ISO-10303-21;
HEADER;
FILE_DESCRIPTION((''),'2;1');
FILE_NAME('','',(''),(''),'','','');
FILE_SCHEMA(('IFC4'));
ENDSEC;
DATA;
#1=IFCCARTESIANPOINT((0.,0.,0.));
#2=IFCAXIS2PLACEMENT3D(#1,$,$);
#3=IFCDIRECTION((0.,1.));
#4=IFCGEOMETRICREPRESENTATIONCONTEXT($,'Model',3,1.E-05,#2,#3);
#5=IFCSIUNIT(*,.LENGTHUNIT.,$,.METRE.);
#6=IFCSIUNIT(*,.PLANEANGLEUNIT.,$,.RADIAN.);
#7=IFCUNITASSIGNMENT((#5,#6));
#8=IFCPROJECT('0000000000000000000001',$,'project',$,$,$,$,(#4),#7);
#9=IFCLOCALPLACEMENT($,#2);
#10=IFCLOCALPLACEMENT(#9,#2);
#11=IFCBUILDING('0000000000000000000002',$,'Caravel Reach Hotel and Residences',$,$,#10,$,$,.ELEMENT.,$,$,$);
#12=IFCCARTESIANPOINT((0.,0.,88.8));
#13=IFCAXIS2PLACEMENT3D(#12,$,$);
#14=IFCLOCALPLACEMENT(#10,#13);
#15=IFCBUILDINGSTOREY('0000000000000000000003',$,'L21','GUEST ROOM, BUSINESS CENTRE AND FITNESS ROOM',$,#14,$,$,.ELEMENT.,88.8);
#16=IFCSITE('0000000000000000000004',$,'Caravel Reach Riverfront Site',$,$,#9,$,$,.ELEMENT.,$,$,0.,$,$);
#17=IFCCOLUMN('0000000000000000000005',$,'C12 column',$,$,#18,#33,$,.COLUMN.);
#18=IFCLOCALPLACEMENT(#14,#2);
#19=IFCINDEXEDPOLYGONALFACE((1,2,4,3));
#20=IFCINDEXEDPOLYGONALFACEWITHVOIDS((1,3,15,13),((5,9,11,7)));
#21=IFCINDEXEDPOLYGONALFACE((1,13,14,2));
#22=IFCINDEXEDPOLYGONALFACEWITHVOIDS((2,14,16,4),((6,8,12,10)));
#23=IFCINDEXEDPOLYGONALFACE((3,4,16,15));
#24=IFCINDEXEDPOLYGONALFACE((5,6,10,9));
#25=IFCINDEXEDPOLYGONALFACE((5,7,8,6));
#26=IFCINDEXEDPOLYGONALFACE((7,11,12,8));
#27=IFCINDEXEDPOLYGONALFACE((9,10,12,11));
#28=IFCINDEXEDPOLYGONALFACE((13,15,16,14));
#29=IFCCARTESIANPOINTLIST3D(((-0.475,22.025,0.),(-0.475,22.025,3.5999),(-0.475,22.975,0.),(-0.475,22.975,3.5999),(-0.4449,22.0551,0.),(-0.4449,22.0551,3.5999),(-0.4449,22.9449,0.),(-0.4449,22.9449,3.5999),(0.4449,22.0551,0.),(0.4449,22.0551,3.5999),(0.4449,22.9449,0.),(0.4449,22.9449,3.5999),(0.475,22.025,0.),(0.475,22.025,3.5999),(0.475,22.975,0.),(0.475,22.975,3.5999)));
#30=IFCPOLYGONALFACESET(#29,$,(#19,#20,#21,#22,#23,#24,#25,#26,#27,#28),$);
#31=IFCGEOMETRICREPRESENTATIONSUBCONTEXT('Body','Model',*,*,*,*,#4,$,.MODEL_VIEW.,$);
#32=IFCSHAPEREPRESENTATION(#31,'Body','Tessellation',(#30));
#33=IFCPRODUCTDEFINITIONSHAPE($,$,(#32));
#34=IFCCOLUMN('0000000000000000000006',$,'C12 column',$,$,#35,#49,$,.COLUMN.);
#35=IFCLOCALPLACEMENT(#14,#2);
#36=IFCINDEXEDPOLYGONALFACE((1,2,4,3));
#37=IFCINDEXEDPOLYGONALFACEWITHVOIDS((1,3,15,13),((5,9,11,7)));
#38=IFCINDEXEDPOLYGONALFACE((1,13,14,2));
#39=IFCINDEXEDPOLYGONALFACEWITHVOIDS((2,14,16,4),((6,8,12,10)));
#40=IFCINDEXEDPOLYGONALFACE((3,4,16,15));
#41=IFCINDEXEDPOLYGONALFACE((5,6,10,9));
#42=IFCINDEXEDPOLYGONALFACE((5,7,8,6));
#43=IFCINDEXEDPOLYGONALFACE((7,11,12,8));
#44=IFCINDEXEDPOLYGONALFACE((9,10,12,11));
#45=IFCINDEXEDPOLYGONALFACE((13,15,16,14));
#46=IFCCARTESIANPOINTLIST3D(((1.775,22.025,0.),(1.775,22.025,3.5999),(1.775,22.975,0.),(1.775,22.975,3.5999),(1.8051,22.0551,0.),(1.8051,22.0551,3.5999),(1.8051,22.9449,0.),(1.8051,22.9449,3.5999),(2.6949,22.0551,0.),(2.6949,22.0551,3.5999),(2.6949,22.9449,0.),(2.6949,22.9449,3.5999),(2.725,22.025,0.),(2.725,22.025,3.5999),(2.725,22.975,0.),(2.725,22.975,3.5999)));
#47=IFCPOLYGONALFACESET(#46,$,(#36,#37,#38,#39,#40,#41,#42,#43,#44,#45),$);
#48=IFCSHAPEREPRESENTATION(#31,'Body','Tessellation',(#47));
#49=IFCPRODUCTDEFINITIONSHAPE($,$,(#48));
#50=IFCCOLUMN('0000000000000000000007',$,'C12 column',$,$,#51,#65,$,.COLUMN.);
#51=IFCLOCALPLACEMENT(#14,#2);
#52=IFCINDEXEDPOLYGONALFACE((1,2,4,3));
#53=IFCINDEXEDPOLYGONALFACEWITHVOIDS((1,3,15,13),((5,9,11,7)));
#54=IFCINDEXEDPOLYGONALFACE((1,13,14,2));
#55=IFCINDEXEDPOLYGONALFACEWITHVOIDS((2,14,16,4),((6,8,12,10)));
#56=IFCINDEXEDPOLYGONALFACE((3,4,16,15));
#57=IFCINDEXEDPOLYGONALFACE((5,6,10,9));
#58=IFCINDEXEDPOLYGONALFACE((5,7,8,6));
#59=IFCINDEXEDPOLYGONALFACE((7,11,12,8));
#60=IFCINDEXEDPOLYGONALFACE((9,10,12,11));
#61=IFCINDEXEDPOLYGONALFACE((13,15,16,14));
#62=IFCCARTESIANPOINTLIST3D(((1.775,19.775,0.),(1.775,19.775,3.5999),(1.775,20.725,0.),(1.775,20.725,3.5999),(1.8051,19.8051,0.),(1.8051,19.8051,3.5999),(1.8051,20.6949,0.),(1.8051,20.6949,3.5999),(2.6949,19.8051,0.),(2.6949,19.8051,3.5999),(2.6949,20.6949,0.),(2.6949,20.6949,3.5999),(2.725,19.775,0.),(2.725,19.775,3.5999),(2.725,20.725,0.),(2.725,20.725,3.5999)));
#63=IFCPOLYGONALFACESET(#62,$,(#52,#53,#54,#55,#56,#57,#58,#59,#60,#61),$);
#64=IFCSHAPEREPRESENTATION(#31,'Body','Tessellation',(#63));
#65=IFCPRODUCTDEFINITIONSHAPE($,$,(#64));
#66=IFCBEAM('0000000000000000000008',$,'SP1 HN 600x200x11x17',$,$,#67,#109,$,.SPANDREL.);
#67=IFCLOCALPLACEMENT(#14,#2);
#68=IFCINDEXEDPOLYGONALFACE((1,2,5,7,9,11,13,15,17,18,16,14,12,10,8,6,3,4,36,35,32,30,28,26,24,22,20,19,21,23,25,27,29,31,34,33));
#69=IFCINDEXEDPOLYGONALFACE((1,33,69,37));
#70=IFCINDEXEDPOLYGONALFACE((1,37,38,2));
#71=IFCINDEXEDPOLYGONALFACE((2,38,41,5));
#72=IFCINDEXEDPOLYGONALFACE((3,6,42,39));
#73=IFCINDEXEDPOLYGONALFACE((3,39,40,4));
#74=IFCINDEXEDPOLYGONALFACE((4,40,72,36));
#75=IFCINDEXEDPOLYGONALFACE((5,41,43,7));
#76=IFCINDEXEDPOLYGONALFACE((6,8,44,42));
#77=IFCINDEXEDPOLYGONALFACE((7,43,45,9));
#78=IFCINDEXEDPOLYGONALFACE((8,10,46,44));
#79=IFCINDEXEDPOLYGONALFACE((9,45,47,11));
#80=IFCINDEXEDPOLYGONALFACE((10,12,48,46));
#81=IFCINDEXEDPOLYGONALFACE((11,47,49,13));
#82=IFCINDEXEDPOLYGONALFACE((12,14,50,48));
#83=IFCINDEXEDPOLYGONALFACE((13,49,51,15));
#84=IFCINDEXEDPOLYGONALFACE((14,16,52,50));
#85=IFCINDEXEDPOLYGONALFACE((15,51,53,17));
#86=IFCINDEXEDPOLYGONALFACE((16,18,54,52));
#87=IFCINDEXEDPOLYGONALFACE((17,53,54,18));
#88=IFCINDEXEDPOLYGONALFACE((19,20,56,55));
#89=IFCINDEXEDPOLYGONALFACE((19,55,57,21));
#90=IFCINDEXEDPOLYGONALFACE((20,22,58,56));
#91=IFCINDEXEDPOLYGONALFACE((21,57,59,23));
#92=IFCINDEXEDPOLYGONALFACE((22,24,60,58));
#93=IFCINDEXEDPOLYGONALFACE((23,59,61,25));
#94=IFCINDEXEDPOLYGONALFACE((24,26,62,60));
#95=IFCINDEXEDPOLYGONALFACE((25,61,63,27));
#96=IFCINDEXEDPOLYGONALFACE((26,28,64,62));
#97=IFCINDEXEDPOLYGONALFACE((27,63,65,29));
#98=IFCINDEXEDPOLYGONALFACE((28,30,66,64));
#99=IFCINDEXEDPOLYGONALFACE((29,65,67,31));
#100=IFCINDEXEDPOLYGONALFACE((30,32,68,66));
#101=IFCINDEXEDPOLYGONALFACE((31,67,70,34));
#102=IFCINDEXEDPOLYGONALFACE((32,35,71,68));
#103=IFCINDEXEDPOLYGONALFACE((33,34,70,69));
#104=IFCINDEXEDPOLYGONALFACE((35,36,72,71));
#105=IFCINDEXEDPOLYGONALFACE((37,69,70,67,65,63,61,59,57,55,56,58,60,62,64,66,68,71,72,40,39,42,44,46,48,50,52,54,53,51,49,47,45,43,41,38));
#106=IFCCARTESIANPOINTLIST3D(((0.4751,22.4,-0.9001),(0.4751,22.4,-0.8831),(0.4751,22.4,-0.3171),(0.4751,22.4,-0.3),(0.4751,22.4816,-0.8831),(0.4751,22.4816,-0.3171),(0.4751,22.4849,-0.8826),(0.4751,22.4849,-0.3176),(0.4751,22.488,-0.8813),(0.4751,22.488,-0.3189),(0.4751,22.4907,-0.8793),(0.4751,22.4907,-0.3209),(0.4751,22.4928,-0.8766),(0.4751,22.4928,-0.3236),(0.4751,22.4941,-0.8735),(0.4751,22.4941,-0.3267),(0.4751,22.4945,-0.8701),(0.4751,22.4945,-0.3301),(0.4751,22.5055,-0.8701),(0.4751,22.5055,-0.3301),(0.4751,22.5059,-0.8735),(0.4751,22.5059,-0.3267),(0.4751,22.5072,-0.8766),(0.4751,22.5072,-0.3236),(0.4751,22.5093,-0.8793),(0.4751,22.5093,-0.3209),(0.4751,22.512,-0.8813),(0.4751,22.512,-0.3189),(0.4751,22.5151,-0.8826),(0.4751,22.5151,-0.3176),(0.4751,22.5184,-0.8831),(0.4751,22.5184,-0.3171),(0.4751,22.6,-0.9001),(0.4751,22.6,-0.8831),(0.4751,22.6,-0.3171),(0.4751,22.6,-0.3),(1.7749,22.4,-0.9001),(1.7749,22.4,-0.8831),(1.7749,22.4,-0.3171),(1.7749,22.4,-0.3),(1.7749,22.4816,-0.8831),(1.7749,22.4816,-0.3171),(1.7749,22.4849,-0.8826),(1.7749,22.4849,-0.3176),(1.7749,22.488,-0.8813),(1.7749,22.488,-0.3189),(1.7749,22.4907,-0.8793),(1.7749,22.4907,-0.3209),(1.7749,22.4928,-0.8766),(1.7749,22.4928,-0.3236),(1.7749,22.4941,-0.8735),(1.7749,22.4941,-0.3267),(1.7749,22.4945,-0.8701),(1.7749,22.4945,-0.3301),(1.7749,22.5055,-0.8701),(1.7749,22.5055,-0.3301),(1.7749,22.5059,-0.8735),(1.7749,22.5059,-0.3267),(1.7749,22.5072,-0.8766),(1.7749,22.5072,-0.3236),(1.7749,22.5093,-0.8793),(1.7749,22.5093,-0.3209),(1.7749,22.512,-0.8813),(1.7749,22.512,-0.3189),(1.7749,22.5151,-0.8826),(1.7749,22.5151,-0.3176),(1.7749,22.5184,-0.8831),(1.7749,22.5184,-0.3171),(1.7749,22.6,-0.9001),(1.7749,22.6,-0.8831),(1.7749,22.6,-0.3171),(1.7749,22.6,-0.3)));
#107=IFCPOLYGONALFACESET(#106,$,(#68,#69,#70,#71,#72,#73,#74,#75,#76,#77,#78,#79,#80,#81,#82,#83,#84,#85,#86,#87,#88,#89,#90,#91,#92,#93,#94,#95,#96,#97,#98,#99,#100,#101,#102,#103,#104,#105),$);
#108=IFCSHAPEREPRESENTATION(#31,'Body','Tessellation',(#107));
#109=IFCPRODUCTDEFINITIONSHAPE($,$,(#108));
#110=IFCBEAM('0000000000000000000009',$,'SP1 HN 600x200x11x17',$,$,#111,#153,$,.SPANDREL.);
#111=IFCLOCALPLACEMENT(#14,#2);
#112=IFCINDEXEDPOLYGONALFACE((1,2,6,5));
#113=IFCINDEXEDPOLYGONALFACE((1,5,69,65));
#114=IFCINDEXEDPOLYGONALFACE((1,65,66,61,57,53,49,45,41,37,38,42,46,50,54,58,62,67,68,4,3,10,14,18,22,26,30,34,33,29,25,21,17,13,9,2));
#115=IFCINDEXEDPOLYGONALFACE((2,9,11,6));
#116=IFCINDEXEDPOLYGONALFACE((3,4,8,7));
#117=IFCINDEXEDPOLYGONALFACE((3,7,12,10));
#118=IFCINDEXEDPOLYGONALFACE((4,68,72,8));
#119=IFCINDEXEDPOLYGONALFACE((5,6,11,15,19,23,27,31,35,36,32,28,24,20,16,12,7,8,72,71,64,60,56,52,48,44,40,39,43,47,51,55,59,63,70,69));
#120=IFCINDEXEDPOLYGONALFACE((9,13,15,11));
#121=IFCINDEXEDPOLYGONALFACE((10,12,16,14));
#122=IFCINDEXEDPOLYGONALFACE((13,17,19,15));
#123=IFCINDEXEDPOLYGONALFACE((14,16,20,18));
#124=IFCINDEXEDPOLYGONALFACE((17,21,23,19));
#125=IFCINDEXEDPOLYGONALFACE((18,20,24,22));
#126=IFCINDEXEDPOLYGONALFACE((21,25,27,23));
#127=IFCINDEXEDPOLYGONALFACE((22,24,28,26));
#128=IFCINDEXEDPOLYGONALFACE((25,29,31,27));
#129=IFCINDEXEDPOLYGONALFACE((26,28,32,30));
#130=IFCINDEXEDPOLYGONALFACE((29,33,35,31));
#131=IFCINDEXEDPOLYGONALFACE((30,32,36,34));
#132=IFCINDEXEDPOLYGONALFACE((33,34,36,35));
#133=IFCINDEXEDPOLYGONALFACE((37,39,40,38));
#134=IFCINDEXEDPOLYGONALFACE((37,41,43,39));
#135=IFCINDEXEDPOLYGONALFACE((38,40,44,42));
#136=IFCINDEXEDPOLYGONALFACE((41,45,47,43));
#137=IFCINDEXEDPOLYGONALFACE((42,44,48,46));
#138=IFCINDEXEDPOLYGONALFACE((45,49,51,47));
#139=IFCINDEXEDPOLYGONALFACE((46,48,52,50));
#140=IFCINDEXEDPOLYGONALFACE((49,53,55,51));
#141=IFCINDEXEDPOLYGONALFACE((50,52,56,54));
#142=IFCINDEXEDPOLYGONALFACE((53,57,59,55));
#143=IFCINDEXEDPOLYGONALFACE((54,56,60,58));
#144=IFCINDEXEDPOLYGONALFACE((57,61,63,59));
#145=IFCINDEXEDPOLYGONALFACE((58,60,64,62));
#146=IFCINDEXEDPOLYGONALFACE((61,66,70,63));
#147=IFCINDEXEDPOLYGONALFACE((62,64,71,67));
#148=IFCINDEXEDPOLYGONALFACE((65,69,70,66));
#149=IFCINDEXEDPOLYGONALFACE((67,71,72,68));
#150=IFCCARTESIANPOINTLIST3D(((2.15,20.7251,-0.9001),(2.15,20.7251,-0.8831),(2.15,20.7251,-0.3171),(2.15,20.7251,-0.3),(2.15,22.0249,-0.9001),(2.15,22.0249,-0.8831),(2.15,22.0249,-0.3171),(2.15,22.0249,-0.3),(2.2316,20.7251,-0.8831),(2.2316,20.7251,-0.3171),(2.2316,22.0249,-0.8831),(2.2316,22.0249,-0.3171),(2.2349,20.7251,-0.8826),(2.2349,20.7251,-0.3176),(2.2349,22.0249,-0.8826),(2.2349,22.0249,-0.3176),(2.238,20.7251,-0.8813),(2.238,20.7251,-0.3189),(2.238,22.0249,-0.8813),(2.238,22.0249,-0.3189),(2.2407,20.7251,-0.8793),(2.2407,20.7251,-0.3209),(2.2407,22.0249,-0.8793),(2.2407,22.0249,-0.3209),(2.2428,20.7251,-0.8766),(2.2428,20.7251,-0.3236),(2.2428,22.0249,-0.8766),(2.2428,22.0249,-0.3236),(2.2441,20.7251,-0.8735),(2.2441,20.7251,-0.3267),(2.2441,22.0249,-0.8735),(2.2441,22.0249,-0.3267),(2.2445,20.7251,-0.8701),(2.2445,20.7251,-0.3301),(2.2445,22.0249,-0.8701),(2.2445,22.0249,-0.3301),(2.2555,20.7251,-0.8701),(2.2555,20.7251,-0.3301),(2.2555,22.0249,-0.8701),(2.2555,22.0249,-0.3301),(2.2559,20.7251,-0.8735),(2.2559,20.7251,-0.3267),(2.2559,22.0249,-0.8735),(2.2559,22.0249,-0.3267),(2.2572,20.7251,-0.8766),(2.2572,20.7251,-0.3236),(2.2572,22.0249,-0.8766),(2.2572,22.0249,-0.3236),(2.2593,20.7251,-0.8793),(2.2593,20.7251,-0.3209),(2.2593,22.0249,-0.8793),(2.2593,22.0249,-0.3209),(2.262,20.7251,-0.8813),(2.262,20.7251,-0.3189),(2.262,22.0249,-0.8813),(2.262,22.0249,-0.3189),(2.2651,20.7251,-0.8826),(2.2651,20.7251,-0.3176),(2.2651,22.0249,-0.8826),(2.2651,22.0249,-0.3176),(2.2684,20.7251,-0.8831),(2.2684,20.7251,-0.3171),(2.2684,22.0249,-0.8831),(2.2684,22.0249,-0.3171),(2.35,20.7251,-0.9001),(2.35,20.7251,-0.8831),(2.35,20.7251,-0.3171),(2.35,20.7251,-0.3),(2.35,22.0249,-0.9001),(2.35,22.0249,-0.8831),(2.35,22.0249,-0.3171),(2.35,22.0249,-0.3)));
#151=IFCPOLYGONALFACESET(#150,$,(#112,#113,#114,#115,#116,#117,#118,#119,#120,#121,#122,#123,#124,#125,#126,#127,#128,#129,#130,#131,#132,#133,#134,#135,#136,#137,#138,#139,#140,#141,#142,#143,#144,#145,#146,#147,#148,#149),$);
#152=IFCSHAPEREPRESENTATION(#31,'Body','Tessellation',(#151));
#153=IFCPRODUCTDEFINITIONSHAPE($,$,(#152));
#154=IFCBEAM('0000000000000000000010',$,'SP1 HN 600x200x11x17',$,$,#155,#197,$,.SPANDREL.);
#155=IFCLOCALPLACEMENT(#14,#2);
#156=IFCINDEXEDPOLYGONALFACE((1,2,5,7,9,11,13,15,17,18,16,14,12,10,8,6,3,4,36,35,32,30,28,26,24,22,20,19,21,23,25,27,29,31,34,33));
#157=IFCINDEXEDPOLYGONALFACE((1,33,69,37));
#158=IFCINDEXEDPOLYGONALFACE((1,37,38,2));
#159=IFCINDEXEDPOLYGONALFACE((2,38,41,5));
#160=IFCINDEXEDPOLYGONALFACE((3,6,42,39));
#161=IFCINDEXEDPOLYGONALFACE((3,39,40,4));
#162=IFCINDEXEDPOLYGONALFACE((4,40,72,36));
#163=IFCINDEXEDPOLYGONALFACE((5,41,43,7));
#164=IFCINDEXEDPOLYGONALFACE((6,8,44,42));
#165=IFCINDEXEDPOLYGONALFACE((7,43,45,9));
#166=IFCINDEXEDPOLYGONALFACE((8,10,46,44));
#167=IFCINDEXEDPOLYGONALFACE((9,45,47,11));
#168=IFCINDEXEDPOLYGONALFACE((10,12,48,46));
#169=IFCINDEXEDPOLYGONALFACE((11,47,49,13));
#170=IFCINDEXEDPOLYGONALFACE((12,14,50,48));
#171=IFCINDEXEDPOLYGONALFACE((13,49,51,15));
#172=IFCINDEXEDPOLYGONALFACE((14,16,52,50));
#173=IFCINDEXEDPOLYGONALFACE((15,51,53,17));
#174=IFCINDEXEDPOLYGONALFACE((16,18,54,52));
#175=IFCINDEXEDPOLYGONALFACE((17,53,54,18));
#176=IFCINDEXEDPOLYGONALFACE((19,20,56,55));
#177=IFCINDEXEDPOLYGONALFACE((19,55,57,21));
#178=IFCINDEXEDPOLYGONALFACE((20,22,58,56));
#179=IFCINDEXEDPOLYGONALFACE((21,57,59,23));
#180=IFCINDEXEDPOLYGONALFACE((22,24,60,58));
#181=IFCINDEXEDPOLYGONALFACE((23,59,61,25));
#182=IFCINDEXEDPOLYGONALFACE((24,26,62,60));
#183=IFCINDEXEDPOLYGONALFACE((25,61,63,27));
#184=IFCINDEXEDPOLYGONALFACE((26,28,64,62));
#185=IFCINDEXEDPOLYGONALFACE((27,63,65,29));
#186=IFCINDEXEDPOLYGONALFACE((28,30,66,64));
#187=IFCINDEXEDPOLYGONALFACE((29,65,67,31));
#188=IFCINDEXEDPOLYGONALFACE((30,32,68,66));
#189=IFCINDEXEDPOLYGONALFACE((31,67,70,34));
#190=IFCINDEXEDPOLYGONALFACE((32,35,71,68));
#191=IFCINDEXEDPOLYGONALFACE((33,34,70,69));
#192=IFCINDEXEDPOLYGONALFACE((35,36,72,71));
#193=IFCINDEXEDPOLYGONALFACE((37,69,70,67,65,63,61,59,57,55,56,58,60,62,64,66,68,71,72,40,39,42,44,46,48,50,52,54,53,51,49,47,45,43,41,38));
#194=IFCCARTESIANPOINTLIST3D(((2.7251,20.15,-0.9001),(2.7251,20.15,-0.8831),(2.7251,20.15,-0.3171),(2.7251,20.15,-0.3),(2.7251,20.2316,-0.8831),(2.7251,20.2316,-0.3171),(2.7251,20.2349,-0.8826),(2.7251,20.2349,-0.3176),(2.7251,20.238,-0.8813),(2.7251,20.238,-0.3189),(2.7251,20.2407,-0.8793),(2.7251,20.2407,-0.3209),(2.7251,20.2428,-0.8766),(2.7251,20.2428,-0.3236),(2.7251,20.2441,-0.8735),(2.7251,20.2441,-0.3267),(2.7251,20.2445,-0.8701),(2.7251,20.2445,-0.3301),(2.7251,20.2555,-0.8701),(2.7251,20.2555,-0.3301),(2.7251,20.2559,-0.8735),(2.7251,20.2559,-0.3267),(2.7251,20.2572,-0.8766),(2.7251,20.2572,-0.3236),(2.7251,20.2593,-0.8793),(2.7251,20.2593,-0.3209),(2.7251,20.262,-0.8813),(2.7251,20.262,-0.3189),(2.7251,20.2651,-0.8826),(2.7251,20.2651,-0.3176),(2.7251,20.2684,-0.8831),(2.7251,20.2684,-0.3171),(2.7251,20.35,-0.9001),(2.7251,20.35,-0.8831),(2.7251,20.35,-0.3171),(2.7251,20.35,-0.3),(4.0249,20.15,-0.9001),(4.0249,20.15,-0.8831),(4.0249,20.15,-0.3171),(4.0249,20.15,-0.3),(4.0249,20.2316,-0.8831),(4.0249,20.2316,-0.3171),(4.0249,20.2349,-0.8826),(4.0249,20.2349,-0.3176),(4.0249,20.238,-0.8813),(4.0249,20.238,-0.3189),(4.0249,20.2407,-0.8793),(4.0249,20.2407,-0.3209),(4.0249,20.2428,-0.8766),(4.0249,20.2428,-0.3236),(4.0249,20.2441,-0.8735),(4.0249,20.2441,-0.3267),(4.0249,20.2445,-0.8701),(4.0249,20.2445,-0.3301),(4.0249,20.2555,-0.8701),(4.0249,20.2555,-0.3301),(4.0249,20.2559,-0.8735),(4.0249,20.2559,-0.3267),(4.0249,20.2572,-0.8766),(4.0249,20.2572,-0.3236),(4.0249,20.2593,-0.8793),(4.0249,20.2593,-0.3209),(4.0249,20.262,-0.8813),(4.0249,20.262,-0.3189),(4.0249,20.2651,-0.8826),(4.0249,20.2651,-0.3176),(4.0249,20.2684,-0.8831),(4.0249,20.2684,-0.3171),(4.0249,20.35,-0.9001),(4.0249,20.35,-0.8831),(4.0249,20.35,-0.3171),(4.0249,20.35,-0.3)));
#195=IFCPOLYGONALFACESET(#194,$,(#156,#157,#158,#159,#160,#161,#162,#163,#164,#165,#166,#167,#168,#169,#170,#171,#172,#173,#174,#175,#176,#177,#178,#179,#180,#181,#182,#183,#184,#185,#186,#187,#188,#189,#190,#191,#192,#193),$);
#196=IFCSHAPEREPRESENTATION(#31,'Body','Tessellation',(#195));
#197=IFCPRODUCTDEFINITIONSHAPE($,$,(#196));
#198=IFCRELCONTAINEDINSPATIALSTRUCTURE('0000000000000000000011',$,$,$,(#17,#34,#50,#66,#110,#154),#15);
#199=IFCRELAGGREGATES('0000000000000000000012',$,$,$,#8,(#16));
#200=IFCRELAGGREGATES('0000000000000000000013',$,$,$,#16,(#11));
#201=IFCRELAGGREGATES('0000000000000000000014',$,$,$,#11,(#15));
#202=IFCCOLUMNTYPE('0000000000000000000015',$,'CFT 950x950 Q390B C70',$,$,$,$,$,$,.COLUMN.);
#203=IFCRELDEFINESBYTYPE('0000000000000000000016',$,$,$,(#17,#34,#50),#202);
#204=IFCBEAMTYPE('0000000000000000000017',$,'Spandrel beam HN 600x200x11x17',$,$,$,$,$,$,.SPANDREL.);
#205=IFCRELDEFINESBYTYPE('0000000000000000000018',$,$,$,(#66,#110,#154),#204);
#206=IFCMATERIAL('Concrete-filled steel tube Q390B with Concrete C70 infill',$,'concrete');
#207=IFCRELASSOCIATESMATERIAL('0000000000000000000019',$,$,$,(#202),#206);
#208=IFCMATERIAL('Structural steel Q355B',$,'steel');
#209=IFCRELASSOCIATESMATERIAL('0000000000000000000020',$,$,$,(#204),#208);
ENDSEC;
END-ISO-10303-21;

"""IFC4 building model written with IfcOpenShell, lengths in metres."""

from ifc_helpers import new_model, si_unit, direction, frame, origin, origin_2d, place, context, subcontext, project, spatial, hollow_rectangle, i_section, extrude, material, material_profile, profile_set, type_object, element, save


model = new_model("IFC4")

# Units and contexts
model_context = context("Model", 3, precision=1e-05, world=origin(), true_north=direction((0.0, 1.0)))
body_context = subcontext(model_context, "Body", "Model", "MODEL_VIEW")
ifc_project = project(units=[si_unit("LENGTHUNIT", "METRE"), si_unit("PLANEANGLEUNIT", "RADIAN")], contexts=[model_context])

# Site, building, storey
site_placement = place(None, origin())
site = spatial("IfcSite", under=ifc_project, at=site_placement, Name="Caravel Reach Riverfront Site", CompositionType="ELEMENT", RefElevation=0.0)
building_placement = place(site_placement, origin())
building = spatial("IfcBuilding", under=site, at=building_placement, Name="Caravel Reach Hotel and Residences", CompositionType="ELEMENT")
storey_placement = place(building_placement, frame((0.0, 0.0, 88.8)))
storey = spatial("IfcBuildingStorey", under=building, at=storey_placement, Name="L21", Description="GUEST ROOM, BUSINESS CENTRE AND FITNESS ROOM", CompositionType="ELEMENT", Elevation=88.8)

# Columns
ifc_material_1 = material(Name="Concrete-filled steel tube Q390B with Concrete C70 infill", Category="concrete")
ifc_material_profile_1 = material_profile(ifc_material_1, hollow_rectangle(XDim=0.95, YDim=0.95, WallThickness=0.03, at=origin_2d()), Name="RHS 950x950x30")
ifc_profile_set_1 = profile_set([ifc_material_profile_1], Name="Concrete-filled steel tube Q390B with Concrete C70 infill")
column_type = type_object("IfcColumnType", Name="CFT 950x950 Q390B C70", PredefinedType="COLUMN", material=ifc_profile_set_1)
for number, where, z_axis, x_axis, name in (
    (1, (0.0, 22.5, 0.0), (0.0, 0.0, 1.0), (1.0, 0.0, 0.0), "C12 column"),
    (2, (2.25, 22.5, 0.0), (0.0, 0.0, 1.0), (1.0, 0.0, 0.0), "C12 column"),
    (3, (2.25, 20.25, 0.0), (0.0, 0.0, 1.0), (1.0, 0.0, 0.0), "C12 column"),
):
    element("IfcColumn", number, at=place(storey_placement, frame(where, z_axis=z_axis, x_axis=x_axis)), inside=storey, type_object=column_type, Name=name, PredefinedType="COLUMN", context=body_context, shape_type="SweptSolid", body=[
        extrude(hollow_rectangle(XDim=0.95, YDim=0.95, WallThickness=0.03, at=origin_2d()), origin(), (0.0, 0.0, 1.0), 3.5999),
    ])

# Beams
ifc_material_2 = material(Name="Structural steel Q355B", Category="steel")
ifc_material_profile_2 = material_profile(ifc_material_2, i_section(OverallWidth=0.2, OverallDepth=0.6001, WebThickness=0.011, FlangeThickness=0.0171, FilletRadius=0.0129, at=origin_2d()), Name="HN 600x200x11x17")
ifc_profile_set_2 = profile_set([ifc_material_profile_2], Name="Structural steel Q355B")
beam_type = type_object("IfcBeamType", Name="Spandrel beam HN 600x200x11x17", PredefinedType="SPANDREL", material=ifc_profile_set_2)
for number, where, z_axis, x_axis, name in (
    (4, (0.4751, 22.5, -0.6001), (1.0, 0.0, 0.0), (0.0, 1.0, 0.0), "SP1 HN 600x200x11x17"),
    (5, (2.25, 22.0249, -0.6001), (0.0, -1.0, 0.0), (1.0, 0.0, 0.0), "SP1 HN 600x200x11x17"),
    (6, (2.7251, 20.25, -0.6001), (1.0, 0.0, 0.0), (0.0, 1.0, 0.0), "SP1 HN 600x200x11x17"),
):
    element("IfcBeam", number, at=place(storey_placement, frame(where, z_axis=z_axis, x_axis=x_axis)), inside=storey, type_object=beam_type, Name=name, PredefinedType="SPANDREL", context=body_context, shape_type="SweptSolid", body=[
        extrude(i_section(OverallWidth=0.2, OverallDepth=0.6001, WebThickness=0.011, FlangeThickness=0.0171, FilletRadius=0.0129, at=origin_2d()), origin(), (0.0, 0.0, 1.0), 1.2998),
    ])

save(model, "model.ifc")
